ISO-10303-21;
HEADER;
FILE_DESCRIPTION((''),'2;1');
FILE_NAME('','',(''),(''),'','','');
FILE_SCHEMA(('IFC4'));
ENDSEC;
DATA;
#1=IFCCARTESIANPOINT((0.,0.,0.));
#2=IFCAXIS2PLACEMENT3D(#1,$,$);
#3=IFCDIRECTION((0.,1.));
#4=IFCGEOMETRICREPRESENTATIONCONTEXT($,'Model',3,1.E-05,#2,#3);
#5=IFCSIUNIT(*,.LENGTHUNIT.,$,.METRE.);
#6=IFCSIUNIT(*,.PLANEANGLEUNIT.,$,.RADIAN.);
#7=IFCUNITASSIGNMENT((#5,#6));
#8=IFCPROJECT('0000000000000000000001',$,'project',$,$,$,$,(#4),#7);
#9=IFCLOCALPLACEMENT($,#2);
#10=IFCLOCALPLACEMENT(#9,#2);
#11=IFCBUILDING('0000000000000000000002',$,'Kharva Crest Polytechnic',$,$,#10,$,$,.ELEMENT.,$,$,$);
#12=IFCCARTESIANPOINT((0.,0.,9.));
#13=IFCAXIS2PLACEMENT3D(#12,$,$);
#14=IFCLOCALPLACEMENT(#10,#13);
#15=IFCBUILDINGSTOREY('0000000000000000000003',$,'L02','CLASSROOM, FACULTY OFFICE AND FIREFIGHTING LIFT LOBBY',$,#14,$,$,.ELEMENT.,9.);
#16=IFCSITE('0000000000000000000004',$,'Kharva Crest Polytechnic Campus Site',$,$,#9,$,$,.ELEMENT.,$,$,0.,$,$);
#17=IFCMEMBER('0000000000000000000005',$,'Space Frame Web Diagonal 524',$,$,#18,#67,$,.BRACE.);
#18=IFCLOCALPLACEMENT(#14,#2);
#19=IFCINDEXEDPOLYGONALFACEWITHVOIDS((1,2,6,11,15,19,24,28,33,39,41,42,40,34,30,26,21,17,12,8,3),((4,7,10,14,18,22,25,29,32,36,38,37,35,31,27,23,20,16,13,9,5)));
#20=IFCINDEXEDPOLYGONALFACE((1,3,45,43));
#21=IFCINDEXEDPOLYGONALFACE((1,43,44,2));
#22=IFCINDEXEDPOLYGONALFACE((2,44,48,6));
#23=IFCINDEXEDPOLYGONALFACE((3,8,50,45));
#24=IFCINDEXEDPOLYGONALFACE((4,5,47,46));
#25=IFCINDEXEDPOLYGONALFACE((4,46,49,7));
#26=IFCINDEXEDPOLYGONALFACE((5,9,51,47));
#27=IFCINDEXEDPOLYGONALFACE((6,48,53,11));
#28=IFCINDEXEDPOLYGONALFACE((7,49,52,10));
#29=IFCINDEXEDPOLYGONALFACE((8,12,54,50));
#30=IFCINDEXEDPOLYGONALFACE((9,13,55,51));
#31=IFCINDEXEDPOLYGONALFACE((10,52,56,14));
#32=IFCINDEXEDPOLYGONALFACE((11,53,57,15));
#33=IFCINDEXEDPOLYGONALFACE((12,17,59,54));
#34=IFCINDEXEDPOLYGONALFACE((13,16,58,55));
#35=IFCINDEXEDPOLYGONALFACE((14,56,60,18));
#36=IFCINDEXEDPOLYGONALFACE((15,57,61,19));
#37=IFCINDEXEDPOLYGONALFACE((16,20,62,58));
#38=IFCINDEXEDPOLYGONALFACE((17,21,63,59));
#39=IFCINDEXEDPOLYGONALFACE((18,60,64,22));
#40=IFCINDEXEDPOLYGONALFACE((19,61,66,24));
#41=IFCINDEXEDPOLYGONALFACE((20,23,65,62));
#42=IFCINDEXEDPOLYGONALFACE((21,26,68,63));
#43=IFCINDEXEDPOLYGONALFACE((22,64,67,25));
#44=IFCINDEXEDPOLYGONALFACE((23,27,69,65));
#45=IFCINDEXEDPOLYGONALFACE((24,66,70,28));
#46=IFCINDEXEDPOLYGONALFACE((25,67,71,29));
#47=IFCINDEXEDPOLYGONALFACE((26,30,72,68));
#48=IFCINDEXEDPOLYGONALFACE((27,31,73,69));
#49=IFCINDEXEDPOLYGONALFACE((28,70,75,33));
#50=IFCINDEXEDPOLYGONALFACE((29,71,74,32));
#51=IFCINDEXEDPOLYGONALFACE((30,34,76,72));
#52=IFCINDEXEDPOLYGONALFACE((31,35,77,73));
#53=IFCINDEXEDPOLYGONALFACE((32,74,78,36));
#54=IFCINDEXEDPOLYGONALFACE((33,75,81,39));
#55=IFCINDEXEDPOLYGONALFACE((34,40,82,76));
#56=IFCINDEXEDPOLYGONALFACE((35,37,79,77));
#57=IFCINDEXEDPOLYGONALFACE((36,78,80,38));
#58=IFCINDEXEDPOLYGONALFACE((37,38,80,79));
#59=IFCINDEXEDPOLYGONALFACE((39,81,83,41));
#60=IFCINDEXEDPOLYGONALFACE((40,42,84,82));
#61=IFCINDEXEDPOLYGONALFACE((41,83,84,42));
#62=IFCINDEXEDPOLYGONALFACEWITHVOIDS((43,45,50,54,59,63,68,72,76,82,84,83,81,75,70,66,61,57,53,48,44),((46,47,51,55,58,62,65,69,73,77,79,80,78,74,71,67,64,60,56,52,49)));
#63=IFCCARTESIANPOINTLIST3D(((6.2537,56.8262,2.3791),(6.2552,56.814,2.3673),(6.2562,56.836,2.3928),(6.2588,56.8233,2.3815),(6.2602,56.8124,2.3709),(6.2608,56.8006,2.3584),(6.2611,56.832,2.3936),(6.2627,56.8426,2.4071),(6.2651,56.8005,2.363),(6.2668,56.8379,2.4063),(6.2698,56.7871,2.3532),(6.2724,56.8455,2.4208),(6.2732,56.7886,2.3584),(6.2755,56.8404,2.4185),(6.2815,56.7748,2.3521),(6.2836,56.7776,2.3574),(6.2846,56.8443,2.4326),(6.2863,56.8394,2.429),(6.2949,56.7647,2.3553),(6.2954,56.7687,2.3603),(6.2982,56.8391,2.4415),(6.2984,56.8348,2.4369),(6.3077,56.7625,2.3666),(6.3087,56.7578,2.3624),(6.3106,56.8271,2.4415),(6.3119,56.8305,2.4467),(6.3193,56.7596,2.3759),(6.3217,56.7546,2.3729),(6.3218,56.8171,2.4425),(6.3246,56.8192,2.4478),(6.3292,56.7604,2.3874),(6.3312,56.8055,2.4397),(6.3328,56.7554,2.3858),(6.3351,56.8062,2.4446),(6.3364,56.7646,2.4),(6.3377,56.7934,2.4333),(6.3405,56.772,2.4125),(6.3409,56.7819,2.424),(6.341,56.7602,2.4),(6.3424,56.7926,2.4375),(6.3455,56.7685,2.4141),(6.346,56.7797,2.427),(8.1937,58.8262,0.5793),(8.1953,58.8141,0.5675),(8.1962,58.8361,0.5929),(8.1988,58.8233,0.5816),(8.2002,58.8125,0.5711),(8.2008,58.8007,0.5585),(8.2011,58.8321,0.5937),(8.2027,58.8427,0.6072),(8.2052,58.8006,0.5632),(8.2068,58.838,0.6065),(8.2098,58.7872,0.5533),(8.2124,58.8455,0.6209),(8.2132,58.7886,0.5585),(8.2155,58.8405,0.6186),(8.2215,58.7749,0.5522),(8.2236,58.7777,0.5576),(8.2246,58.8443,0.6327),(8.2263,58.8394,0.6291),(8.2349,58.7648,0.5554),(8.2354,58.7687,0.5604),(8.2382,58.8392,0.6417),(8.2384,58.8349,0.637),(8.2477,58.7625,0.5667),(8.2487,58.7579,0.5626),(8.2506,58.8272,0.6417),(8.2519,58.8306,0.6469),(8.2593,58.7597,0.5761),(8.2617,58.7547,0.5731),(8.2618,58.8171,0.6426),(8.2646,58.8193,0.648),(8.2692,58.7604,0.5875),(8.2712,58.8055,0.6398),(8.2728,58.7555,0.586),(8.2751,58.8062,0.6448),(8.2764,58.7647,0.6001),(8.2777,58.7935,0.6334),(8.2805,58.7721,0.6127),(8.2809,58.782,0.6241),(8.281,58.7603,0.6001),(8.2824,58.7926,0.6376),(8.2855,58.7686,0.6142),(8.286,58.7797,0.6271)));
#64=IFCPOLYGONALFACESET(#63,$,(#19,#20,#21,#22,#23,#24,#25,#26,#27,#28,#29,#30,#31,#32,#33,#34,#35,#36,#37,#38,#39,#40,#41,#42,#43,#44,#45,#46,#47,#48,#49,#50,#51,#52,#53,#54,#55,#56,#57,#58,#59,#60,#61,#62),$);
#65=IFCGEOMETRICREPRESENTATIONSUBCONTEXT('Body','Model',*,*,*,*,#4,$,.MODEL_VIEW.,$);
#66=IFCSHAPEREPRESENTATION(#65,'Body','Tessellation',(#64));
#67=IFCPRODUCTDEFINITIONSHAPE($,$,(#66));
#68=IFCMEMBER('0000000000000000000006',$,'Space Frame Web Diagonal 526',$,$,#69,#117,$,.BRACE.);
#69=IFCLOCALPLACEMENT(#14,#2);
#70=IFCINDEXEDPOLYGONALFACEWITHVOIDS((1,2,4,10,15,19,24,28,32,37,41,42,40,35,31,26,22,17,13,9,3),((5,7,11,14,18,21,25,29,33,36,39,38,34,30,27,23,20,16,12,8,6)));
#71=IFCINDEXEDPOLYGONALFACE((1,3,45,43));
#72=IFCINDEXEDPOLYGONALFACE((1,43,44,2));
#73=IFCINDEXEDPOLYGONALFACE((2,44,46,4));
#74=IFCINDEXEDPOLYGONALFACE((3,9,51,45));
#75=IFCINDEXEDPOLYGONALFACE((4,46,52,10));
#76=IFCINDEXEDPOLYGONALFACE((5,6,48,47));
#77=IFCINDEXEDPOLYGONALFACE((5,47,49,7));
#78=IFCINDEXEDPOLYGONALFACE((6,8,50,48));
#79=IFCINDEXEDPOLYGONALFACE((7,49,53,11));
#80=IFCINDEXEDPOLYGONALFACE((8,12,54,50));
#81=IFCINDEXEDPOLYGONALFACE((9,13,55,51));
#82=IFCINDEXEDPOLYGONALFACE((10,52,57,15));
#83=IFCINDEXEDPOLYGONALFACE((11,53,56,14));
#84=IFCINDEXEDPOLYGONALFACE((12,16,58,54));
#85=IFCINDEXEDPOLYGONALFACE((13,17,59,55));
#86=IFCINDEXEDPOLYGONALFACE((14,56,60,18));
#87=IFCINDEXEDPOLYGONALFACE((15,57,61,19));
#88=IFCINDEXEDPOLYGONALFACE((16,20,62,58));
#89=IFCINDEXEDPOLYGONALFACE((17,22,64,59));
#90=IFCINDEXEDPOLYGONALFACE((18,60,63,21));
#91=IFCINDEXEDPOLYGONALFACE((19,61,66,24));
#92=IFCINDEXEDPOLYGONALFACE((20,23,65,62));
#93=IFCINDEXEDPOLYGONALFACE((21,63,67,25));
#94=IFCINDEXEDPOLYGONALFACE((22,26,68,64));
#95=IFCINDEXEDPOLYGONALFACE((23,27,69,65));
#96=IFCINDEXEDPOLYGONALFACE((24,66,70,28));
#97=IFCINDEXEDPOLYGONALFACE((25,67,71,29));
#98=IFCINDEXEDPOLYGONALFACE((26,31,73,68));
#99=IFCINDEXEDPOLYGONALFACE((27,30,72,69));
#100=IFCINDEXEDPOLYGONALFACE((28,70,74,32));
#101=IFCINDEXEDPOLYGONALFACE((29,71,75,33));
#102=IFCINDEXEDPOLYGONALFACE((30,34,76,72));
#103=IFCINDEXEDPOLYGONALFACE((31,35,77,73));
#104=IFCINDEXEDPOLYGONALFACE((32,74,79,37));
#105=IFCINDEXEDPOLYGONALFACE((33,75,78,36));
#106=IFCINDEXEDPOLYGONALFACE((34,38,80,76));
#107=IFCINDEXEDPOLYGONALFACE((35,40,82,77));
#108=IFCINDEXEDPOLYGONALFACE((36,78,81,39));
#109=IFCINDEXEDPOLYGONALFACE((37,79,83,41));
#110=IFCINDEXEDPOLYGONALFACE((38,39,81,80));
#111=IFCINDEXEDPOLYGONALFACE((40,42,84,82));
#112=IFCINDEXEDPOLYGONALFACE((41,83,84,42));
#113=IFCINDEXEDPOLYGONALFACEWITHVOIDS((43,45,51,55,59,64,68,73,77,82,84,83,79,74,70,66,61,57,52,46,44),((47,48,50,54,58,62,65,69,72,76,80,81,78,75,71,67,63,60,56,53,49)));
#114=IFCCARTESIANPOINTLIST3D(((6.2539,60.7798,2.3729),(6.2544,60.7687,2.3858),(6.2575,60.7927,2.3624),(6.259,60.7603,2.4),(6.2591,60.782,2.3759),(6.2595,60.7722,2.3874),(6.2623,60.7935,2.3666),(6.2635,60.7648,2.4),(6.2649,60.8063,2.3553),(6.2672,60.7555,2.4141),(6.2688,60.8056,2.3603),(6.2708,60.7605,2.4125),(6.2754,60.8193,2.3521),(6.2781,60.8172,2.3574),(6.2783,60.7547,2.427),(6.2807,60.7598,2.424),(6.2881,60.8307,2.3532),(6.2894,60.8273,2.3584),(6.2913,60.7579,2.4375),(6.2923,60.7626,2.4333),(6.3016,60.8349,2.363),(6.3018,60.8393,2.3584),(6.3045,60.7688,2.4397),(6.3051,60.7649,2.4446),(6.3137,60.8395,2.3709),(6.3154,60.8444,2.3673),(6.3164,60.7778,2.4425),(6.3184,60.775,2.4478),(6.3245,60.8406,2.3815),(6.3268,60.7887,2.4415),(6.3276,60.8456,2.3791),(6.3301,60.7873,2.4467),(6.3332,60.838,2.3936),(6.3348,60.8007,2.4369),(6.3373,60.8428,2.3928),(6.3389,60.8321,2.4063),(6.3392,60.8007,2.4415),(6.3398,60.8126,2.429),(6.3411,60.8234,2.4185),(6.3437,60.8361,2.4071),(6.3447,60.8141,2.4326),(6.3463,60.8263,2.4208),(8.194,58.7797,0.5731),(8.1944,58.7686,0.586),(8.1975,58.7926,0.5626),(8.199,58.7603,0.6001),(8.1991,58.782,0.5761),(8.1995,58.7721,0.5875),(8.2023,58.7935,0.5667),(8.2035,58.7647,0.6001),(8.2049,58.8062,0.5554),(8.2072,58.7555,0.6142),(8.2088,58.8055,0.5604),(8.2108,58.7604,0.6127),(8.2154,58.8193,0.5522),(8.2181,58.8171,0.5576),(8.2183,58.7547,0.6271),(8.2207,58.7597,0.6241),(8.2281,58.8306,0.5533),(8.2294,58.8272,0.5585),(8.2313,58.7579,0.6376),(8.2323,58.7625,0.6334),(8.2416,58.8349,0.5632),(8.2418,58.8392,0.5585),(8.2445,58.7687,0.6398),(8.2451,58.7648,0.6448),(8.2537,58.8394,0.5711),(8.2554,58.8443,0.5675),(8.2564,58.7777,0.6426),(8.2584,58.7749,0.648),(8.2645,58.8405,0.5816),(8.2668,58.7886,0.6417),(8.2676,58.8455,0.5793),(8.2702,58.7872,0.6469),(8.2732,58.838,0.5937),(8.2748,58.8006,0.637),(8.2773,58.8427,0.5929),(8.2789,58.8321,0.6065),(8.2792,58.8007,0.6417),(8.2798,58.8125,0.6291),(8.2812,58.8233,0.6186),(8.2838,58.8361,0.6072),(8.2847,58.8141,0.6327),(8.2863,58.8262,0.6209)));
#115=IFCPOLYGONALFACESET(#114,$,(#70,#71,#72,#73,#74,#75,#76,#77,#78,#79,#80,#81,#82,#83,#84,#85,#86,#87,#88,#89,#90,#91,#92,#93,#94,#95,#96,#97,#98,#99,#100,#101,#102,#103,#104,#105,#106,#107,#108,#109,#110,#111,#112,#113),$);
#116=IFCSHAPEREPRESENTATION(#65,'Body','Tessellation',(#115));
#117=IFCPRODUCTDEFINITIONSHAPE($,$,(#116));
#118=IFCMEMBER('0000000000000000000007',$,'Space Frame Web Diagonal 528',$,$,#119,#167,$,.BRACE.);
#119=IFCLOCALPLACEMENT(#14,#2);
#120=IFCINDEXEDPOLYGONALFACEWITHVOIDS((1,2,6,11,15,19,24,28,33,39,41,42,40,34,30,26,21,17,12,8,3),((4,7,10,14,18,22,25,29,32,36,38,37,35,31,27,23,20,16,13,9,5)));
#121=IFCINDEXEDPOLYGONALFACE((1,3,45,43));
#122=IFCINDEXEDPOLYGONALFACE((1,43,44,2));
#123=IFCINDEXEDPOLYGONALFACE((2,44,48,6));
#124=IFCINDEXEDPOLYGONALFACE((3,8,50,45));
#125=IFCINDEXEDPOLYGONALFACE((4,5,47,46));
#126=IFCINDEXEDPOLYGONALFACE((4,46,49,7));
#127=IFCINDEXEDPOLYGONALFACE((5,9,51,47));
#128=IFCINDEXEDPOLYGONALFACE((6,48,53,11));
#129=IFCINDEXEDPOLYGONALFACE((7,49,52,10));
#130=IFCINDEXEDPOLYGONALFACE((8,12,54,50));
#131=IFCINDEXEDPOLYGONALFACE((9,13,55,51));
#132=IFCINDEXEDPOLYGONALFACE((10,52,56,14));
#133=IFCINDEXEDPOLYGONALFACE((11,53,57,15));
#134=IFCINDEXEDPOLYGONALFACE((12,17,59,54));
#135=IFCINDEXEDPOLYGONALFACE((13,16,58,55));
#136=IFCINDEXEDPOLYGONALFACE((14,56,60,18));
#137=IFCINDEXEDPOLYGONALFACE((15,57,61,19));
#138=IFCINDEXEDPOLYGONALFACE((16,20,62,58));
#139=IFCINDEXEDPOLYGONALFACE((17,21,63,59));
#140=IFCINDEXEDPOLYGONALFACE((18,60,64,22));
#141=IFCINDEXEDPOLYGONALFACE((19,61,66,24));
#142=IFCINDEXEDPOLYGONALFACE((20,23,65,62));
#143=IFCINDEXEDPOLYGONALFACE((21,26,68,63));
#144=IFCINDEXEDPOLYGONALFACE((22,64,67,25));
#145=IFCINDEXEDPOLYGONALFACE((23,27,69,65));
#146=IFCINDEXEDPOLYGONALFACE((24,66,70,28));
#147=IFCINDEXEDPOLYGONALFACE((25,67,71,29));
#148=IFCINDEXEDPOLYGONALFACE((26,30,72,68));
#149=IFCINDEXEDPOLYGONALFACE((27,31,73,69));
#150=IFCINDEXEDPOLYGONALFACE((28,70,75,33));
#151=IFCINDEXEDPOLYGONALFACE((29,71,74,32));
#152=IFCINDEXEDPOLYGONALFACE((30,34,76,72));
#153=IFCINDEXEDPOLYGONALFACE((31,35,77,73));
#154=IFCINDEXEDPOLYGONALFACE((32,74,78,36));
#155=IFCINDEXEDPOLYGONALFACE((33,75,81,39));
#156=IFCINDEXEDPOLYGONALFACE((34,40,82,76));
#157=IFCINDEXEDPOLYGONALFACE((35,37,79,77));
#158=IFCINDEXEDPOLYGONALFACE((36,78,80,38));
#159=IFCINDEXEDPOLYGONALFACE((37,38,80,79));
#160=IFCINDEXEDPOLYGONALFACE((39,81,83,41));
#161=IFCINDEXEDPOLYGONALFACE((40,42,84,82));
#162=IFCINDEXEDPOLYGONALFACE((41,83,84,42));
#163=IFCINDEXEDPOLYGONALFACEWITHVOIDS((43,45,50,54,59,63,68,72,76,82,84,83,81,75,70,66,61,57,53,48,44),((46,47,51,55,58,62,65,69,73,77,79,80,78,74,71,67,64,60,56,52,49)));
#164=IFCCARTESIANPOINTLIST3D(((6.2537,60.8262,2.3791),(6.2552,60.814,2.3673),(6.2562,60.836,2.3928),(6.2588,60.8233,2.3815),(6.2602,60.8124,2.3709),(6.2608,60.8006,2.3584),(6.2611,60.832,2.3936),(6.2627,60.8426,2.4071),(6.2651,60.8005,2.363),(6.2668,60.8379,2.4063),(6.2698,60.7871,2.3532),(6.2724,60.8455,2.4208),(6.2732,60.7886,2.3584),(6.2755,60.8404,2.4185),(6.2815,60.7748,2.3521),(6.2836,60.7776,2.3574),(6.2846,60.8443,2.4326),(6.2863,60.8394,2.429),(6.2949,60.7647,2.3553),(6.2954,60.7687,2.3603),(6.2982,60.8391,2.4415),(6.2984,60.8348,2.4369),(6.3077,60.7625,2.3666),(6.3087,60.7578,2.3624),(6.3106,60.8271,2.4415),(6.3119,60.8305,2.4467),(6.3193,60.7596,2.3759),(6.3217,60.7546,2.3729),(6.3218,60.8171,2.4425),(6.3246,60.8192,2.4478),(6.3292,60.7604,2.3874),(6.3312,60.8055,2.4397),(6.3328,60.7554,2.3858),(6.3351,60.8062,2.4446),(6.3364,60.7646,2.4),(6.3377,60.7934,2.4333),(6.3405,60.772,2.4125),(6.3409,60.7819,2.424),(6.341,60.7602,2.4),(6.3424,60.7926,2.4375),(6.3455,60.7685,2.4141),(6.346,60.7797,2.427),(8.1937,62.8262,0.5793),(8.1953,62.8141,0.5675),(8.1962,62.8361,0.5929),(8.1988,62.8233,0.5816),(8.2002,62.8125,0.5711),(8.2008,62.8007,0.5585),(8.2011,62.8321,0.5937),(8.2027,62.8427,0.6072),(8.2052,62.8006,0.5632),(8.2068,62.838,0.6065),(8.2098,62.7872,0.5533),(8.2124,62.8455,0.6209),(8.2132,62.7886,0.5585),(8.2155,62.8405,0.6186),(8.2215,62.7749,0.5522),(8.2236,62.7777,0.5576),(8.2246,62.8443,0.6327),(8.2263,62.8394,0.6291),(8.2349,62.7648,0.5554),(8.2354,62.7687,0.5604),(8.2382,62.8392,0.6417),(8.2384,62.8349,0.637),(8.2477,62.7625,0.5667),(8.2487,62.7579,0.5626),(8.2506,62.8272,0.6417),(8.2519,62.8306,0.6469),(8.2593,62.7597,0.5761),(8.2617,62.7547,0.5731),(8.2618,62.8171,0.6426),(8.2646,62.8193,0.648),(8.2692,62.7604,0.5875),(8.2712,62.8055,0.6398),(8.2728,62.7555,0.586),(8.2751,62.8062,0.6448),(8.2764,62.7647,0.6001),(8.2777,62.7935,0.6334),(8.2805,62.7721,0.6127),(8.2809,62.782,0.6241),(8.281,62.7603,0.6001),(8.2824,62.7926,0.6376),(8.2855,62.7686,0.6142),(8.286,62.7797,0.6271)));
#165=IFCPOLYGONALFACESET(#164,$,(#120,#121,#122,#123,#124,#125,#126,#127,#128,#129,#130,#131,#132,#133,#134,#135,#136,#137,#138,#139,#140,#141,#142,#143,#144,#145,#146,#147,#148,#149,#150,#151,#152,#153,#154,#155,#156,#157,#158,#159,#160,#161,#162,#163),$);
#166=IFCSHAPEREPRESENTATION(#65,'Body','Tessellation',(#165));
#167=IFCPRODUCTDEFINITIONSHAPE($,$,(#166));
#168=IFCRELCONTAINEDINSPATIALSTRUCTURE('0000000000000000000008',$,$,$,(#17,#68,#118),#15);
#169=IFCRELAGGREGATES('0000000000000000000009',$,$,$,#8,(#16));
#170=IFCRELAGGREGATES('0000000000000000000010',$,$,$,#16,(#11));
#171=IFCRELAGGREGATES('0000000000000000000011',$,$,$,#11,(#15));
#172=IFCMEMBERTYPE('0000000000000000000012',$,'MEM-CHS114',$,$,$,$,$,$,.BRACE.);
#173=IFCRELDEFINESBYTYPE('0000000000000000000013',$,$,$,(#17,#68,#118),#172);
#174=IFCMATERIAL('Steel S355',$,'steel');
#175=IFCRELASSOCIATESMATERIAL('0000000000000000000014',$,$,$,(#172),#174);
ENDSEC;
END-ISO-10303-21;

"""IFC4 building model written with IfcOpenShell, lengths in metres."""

from ifc_helpers import new_model, si_unit, direction, frame, origin, origin_2d, place, context, subcontext, project, spatial, hollow_circle, extrude, material, material_profile, profile_set, type_object, element, save


model = new_model("IFC4")

# Units and contexts
model_context = context("Model", 3, precision=1e-05, world=origin(), true_north=direction((0.0, 1.0)))
body_context = subcontext(model_context, "Body", "Model", "MODEL_VIEW")
ifc_project = project(units=[si_unit("LENGTHUNIT", "METRE"), si_unit("PLANEANGLEUNIT", "RADIAN")], contexts=[model_context])

# Site, building, storey
site_placement = place(None, origin())
site = spatial("IfcSite", under=ifc_project, at=site_placement, Name="Kharva Crest Polytechnic Campus Site", CompositionType="ELEMENT", RefElevation=0.0)
building_placement = place(site_placement, origin())
building = spatial("IfcBuilding", under=site, at=building_placement, Name="Kharva Crest Polytechnic", CompositionType="ELEMENT")
storey_placement = place(building_placement, frame((0.0, 0.0, 9.0)))
storey = spatial("IfcBuildingStorey", under=building, at=storey_placement, Name="L02", Description="CLASSROOM, FACULTY OFFICE AND FIREFIGHTING LIFT LOBBY", CompositionType="ELEMENT", Elevation=9.0)

# Shared definitions
ifc_material_1 = material(Name="Steel S355", Category="steel")

# Members
ifc_material_profile_1 = material_profile(ifc_material_1, hollow_circle(Radius=0.0571, WallThickness=0.0063, at=origin_2d()), Name="CHS 114.3X6.3")
ifc_profile_set_1 = profile_set([ifc_material_profile_1], Name="Steel S355")
member_type_1 = type_object("IfcMemberType", Name="MEM-CHS114", PredefinedType="BRACE", material=ifc_profile_set_1)
for number, where, z_axis, x_axis, name in (
    (1, (8.24, 58.8, 0.6001), (-0.584843, -0.60295, 0.542596), (0.717802, -0.696247, 0.0), "Space Frame Web Diagonal 524"),
    (2, (8.24, 58.8, 0.6001), (-0.584843, 0.60295, 0.542596), (-0.717802, -0.696247, 0.0), "Space Frame Web Diagonal 526"),
    (3, (8.24, 62.8, 0.6001), (-0.584843, -0.60295, 0.542596), (0.717802, -0.696247, 0.0), "Space Frame Web Diagonal 528"),
):
    element("IfcMember", number, at=place(storey_placement, frame(where, z_axis=z_axis, x_axis=x_axis)), inside=storey, type_object=member_type_1, Name=name, PredefinedType="BRACE", context=body_context, shape_type="SweptSolid", body=[
        extrude(hollow_circle(Radius=0.0571, WallThickness=0.0063, at=origin_2d()), origin(), (0.0, 0.0, 1.0), 3.3171),
    ])

save(model, "model.ifc")
